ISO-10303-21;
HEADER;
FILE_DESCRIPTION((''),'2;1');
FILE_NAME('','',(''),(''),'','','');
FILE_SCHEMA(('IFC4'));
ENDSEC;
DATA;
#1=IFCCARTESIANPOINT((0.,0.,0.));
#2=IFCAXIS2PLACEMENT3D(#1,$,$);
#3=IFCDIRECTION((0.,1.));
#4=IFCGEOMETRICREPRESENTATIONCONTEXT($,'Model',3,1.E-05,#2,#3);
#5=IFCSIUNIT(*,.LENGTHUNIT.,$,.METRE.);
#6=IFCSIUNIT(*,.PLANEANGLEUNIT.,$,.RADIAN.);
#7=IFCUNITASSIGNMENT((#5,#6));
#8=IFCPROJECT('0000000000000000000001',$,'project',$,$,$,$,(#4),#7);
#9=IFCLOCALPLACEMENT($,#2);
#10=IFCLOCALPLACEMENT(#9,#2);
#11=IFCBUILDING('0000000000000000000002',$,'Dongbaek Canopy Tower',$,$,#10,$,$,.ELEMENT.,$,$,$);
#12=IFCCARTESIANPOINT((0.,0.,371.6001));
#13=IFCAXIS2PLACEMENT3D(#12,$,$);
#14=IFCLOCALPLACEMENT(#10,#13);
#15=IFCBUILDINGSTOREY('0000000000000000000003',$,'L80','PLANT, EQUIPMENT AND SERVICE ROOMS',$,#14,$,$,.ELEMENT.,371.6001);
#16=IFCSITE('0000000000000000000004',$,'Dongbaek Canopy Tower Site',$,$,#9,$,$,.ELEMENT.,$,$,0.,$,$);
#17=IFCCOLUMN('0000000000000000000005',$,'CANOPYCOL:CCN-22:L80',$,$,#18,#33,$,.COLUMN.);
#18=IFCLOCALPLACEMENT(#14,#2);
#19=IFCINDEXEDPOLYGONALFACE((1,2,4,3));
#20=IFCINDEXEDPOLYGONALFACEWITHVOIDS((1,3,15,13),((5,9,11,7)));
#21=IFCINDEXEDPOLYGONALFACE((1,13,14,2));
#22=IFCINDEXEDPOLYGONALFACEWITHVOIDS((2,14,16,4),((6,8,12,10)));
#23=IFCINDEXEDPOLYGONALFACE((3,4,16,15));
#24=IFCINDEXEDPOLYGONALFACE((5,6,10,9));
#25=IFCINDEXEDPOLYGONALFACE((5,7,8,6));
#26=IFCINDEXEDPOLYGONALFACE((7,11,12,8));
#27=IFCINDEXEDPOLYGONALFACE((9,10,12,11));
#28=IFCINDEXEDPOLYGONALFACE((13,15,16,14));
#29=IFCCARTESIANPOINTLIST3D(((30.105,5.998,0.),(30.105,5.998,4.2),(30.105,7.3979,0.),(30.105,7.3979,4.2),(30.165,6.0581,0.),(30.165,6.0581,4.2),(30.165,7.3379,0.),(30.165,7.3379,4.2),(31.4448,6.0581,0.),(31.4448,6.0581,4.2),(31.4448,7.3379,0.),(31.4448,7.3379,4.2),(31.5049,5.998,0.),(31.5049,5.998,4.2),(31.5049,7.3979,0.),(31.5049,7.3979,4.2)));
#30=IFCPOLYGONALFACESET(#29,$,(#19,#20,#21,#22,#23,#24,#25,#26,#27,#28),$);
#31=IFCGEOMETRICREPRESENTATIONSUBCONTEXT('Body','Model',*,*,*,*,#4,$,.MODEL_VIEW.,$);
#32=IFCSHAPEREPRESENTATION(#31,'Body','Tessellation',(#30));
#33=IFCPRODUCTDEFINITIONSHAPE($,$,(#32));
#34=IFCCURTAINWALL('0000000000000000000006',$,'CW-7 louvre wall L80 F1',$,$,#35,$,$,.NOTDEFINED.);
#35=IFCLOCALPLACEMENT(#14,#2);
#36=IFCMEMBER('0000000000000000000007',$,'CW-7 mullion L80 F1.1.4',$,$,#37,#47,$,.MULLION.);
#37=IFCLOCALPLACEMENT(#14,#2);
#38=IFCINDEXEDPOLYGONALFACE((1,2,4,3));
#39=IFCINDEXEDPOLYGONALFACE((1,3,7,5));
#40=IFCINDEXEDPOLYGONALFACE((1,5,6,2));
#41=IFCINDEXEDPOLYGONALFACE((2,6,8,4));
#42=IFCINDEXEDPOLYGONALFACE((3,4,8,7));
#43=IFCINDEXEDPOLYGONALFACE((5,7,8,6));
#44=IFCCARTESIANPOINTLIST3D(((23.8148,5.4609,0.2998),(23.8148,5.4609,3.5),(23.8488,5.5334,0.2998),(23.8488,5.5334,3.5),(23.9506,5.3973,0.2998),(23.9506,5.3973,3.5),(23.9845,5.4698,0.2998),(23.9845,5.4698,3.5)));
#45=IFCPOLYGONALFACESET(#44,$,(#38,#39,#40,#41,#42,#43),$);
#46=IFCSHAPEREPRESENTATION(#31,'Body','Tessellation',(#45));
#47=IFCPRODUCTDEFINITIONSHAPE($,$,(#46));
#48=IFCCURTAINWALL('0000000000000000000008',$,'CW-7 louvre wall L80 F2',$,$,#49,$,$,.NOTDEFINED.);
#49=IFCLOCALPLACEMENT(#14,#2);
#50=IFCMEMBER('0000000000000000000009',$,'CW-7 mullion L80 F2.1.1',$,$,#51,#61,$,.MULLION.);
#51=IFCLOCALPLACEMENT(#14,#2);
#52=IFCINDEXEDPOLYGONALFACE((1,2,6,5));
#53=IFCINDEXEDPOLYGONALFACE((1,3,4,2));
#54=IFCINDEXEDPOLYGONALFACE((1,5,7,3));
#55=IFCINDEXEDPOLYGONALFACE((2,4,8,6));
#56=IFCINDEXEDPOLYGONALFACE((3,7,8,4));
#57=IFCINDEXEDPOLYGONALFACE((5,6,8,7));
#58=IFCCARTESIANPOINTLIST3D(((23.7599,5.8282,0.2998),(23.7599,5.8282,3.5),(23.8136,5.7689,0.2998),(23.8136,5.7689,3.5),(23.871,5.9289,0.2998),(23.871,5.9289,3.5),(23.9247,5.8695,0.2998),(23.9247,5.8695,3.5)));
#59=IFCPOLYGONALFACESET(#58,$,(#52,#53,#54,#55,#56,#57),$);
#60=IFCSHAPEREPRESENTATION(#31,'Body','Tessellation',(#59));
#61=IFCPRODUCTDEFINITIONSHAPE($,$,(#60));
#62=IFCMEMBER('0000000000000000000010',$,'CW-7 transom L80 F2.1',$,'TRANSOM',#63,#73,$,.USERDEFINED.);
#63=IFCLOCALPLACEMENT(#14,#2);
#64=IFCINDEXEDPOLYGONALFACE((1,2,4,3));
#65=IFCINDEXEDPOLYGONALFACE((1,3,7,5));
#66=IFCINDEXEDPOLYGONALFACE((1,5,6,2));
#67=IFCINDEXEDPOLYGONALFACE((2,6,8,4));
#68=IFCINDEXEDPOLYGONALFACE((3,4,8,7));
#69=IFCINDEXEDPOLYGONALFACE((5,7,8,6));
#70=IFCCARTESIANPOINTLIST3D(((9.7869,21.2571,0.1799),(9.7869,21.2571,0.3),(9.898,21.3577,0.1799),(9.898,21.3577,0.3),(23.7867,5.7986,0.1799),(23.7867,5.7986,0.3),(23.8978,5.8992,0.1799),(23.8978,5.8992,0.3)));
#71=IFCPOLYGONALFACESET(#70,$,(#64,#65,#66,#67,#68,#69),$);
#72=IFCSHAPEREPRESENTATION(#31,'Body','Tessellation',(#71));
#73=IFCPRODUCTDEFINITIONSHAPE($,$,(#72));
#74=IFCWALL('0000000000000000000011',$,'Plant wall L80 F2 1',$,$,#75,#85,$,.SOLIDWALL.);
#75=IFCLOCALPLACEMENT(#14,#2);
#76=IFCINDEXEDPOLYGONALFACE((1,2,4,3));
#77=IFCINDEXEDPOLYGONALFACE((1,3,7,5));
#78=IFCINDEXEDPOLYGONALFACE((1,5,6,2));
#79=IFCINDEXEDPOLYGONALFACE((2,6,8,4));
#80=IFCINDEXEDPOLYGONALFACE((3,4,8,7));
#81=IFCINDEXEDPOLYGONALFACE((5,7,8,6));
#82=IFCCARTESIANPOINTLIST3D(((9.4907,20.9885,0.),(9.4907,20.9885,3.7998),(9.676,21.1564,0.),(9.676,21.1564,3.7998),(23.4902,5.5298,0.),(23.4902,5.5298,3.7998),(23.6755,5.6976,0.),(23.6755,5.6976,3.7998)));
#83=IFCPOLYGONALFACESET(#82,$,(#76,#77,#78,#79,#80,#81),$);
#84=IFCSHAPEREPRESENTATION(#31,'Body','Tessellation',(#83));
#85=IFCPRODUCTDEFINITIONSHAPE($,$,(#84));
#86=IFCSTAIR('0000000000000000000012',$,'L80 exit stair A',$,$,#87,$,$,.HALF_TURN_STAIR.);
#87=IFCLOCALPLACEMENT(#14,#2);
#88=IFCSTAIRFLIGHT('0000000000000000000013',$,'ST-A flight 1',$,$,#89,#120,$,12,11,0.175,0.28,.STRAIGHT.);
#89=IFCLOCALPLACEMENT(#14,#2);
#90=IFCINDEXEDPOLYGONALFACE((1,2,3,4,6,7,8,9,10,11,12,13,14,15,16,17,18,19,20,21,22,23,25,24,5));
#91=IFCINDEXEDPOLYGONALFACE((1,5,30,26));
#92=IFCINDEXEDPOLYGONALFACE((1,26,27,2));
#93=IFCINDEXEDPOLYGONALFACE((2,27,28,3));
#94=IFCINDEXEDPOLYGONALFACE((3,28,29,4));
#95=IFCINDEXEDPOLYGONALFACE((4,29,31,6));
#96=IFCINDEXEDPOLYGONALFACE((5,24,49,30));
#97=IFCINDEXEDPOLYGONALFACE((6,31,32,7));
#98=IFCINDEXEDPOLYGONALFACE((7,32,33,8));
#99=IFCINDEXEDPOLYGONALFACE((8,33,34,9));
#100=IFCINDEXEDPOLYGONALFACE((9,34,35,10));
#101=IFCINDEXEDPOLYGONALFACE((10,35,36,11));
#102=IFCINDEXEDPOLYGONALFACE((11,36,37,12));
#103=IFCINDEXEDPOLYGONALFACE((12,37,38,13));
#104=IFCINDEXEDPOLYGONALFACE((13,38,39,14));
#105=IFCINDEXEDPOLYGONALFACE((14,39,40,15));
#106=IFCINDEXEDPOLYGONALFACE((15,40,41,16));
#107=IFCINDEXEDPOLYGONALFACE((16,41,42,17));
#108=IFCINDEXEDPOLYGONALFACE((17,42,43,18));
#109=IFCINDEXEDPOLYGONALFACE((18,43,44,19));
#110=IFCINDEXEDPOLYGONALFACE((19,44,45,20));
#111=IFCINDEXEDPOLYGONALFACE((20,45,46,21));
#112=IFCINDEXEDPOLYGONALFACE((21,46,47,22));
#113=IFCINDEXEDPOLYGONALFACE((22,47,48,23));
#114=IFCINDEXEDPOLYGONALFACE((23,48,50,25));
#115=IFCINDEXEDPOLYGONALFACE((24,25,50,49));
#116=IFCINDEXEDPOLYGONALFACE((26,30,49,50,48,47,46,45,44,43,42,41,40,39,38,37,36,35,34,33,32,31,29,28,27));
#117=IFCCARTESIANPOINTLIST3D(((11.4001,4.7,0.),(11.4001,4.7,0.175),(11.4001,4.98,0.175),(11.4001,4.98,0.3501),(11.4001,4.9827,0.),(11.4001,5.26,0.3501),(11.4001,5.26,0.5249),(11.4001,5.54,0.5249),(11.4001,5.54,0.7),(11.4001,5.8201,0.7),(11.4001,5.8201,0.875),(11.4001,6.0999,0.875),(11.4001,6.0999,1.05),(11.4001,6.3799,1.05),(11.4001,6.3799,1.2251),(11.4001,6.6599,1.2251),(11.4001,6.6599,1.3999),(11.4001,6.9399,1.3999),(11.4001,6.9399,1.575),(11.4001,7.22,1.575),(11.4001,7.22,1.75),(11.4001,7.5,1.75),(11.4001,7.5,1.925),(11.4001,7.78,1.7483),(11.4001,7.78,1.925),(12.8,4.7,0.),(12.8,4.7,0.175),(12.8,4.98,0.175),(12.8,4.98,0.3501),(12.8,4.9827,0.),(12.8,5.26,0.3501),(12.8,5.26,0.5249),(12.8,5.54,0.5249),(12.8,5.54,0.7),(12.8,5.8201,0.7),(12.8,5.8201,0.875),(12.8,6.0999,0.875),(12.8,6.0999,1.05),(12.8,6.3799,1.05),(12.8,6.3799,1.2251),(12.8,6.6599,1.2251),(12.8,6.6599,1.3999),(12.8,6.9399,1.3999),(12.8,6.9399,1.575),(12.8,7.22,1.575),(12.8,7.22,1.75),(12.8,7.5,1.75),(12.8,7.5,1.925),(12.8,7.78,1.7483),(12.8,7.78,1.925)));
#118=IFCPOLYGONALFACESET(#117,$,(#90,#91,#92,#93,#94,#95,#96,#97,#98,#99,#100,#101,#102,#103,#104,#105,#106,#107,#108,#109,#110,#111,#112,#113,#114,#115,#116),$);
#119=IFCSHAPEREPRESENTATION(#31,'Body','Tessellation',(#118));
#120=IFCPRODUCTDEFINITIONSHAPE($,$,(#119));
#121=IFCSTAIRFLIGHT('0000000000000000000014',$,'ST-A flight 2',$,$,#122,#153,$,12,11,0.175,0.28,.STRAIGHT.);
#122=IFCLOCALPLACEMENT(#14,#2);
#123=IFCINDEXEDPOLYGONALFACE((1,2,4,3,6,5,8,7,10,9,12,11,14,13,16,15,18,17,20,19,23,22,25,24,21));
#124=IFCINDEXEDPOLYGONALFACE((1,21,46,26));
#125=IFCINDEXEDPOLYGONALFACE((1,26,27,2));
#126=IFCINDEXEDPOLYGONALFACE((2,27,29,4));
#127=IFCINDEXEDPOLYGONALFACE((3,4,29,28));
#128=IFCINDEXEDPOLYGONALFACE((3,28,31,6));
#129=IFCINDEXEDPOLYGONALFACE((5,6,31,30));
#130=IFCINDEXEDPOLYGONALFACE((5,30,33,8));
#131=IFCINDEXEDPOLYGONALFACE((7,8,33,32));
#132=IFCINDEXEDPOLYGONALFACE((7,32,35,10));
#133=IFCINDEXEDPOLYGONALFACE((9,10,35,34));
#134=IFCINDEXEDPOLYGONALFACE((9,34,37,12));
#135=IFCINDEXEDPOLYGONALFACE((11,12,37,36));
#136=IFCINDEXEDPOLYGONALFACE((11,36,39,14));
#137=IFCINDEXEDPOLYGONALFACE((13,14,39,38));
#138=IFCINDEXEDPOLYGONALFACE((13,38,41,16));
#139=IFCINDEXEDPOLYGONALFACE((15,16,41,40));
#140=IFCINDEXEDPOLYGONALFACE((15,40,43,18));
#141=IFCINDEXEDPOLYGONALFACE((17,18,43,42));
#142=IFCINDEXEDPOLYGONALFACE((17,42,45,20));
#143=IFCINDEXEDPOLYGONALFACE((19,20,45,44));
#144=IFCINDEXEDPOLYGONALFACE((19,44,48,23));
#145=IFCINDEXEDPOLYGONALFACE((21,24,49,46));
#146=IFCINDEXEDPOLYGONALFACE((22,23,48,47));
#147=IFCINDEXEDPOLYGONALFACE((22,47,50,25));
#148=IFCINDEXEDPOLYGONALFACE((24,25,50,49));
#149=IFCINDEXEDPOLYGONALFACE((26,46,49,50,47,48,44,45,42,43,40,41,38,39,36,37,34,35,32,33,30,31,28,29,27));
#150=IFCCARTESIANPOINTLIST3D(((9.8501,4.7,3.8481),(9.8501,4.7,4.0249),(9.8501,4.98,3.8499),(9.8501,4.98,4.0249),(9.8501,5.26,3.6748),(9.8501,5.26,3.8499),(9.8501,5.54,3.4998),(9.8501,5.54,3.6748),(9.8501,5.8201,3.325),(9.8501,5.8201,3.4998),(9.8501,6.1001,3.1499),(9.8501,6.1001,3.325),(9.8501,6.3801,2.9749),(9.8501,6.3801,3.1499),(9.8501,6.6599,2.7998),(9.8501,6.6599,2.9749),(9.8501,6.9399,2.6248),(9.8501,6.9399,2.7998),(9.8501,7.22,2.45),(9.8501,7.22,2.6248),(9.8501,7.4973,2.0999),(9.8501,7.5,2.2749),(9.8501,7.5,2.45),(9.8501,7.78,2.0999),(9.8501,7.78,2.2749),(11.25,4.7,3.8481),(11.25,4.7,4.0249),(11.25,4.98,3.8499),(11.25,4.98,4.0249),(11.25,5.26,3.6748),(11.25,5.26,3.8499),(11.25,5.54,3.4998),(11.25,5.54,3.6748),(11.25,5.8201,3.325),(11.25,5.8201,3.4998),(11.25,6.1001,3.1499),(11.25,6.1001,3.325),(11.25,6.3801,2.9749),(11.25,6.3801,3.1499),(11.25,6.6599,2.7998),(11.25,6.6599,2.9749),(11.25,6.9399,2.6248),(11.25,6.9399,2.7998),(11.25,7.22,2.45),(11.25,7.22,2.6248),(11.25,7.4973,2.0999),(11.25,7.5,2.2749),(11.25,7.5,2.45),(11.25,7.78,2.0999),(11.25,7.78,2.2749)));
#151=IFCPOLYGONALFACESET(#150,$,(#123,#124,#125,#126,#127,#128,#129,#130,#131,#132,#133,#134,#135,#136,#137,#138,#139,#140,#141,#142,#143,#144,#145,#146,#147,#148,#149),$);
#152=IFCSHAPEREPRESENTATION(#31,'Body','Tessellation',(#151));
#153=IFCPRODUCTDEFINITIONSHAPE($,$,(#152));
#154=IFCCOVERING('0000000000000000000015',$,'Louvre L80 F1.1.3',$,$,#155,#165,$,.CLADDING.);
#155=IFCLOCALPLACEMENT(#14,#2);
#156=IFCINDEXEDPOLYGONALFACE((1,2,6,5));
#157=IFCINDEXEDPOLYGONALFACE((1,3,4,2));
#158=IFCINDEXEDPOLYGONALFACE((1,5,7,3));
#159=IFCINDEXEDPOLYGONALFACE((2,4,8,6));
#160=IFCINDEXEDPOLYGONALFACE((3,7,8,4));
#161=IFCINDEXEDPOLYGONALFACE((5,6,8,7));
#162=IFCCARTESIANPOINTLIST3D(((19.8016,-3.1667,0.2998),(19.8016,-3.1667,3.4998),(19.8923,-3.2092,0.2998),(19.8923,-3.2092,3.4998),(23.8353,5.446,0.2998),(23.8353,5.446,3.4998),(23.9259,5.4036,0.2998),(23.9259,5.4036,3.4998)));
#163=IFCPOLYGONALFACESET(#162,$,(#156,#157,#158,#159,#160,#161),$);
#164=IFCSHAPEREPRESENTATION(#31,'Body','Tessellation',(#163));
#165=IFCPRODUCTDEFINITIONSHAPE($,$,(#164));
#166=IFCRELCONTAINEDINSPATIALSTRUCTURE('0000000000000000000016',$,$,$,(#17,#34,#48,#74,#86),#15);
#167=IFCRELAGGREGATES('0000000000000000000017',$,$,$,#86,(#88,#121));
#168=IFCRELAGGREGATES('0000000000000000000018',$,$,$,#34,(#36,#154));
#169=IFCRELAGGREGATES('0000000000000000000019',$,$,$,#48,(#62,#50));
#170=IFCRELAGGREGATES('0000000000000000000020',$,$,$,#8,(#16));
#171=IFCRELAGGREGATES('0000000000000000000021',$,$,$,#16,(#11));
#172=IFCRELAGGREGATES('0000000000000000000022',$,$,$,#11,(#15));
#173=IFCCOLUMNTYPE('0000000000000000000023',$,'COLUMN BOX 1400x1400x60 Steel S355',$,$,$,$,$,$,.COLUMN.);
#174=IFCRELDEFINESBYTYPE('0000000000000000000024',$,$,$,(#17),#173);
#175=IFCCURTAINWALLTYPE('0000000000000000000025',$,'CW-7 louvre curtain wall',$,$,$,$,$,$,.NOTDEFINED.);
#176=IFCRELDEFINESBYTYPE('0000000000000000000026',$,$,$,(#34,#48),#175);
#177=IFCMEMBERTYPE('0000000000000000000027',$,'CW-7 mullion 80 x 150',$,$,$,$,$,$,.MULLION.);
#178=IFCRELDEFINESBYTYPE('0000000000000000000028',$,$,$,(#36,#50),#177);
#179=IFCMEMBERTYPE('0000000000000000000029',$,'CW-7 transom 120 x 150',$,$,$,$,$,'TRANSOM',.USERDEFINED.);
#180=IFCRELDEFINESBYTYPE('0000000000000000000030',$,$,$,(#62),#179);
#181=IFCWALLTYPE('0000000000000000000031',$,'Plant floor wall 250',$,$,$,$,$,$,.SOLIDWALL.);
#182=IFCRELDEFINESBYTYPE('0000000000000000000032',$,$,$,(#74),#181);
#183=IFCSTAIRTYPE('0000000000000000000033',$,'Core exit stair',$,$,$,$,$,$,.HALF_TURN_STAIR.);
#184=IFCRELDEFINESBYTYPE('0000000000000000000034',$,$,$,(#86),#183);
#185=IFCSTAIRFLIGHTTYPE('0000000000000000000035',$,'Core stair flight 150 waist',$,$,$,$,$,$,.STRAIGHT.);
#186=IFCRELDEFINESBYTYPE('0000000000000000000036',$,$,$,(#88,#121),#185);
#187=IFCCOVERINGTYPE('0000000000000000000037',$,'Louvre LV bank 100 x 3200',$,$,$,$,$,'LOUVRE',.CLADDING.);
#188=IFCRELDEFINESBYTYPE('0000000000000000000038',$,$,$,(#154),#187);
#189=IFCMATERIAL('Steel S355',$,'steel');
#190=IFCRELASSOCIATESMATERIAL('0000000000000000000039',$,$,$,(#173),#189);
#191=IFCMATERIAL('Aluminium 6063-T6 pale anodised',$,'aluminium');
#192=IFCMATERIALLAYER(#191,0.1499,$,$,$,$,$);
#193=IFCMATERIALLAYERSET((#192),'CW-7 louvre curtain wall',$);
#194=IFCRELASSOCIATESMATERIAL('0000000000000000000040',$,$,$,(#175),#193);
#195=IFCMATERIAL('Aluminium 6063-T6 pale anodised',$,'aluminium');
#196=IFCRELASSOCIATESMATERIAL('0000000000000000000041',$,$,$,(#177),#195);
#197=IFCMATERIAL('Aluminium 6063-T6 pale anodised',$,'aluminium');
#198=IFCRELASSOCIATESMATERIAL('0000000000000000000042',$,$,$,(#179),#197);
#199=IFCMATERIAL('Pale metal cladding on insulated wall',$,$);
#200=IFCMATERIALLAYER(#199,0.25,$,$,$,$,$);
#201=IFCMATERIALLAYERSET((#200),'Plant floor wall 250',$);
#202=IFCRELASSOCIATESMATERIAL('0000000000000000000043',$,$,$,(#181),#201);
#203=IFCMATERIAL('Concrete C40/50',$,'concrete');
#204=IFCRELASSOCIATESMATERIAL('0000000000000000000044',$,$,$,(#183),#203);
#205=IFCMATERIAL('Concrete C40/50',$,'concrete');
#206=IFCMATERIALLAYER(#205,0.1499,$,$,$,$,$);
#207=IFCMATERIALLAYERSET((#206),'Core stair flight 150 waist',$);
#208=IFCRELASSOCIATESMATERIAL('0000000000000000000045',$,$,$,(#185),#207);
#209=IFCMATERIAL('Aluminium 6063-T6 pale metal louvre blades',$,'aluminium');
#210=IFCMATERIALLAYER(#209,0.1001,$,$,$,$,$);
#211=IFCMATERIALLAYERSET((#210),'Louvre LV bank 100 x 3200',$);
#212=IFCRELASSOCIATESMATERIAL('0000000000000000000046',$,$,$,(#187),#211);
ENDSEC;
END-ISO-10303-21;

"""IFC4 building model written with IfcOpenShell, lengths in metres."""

from ifc_helpers import new_model, si_unit, direction, frame, frame_2d, origin, origin_2d, place, context, subcontext, project, spatial, polyline, rectangle, hollow_rectangle, outline, extrude, material, layer, layer_set, material_profile, profile_set, type_object, element, aggregate, save


model = new_model("IFC4")

# Units and contexts
model_context = context("Model", 3, precision=1e-05, world=origin(), true_north=direction((0.0, 1.0)))
body_context = subcontext(model_context, "Body", "Model", "MODEL_VIEW")
ifc_project = project(units=[si_unit("LENGTHUNIT", "METRE"), si_unit("PLANEANGLEUNIT", "RADIAN")], contexts=[model_context])

# Site, building, storey
site_placement = place(None, origin())
site = spatial("IfcSite", under=ifc_project, at=site_placement, Name="Dongbaek Canopy Tower Site", CompositionType="ELEMENT", RefElevation=0.0)
building_placement = place(site_placement, origin())
building = spatial("IfcBuilding", under=site, at=building_placement, Name="Dongbaek Canopy Tower", CompositionType="ELEMENT")
storey_placement = place(building_placement, frame((0.0, 0.0, 371.6001)))
storey = spatial("IfcBuildingStorey", under=building, at=storey_placement, Name="L80", Description="PLANT, EQUIPMENT AND SERVICE ROOMS", CompositionType="ELEMENT", Elevation=371.6001)

# Column
ifc_material_1 = material(Name="Steel S355", Category="steel")
ifc_material_profile_1 = material_profile(ifc_material_1, hollow_rectangle(XDim=1.3999, YDim=1.3999, WallThickness=0.0601, at=origin_2d()), Name="COLUMN BOX 1400x1400x60 Steel S355")
ifc_profile_set_1 = profile_set([ifc_material_profile_1], Name="Steel S355")
column_type = type_object("IfcColumnType", Name="COLUMN BOX 1400x1400x60 Steel S355", PredefinedType="COLUMN", material=ifc_profile_set_1)
column_placement = place(storey_placement, frame((30.8049, 6.698, 0.0), z_axis=(0.0, 0.0, 1.0), x_axis=(1.0, 0.0, 0.0)))
element("IfcColumn", 1, at=column_placement, inside=storey, type_object=column_type, Name="CANOPYCOL:CCN-22:L80", PredefinedType="COLUMN", context=body_context, shape_type="SweptSolid", body=[
    extrude(hollow_rectangle(XDim=1.3999, YDim=1.3999, WallThickness=0.0601, at=origin_2d()), origin(), (0.0, 0.0, 1.0), 4.2),
])

# Curtain wall, member
ifc_material_2 = material(Name="Aluminium 6063-T6 pale anodised", Category="aluminium")
ifc_layer_1 = layer(ifc_material_2, 0.1499)
ifc_layer_set_1 = layer_set([ifc_layer_1], Name="CW-7 louvre curtain wall")
curtain_wall_type = type_object("IfcCurtainWallType", Name="CW-7 louvre curtain wall", PredefinedType="NOTDEFINED", material=ifc_layer_set_1)
curtain_wall_1_placement = place(storey_placement, origin())
curtain_wall_1 = element("IfcCurtainWall", 2, at=curtain_wall_1_placement, inside=storey, type_object=curtain_wall_type, Name="CW-7 louvre wall L80 F1", PredefinedType="NOTDEFINED")
ifc_material_3 = material(Name="Aluminium 6063-T6 pale anodised", Category="aluminium")
ifc_material_profile_2 = material_profile(ifc_material_3, rectangle(XDim=0.1499, YDim=0.0801, at=origin_2d()), Name="CW-7 mullion 80 x 150")
ifc_profile_set_2 = profile_set([ifc_material_profile_2], Name="Aluminium 6063-T6 pale anodised")
member_type_1 = type_object("IfcMemberType", Name="CW-7 mullion 80 x 150", PredefinedType="MULLION", material=ifc_profile_set_2)
member_1_placement = place(storey_placement, frame((23.8997, 5.4653, 0.2998), z_axis=(0.0, 0.0, 1.0), x_axis=(0.905605, -0.424123, 0.0)))
member_1 = element("IfcMember", 3, at=member_1_placement, type_object=member_type_1, Name="CW-7 mullion L80 F1.1.4", PredefinedType="MULLION", context=body_context, shape_type="SweptSolid", body=[
    extrude(rectangle(XDim=0.1499, YDim=0.0801, at=origin_2d()), origin(), (0.0, 0.0, 1.0), 3.2002),
])

# Curtain wall, members
curtain_wall_2_placement = place(storey_placement, origin())
curtain_wall_2 = element("IfcCurtainWall", 4, at=curtain_wall_2_placement, inside=storey, type_object=curtain_wall_type, Name="CW-7 louvre wall L80 F2", PredefinedType="NOTDEFINED")
member_2_placement = place(storey_placement, frame((23.8423, 5.8489, 0.2998), z_axis=(0.0, 0.0, 1.0), x_axis=(0.741222, 0.67126, 0.0)))
member_2 = element("IfcMember", 5, at=member_2_placement, type_object=member_type_1, Name="CW-7 mullion L80 F2.1.1", PredefinedType="MULLION", context=body_context, shape_type="SweptSolid", body=[
    extrude(rectangle(XDim=0.1499, YDim=0.0801, at=origin_2d()), origin(), (0.0, 0.0, 1.0), 3.2002),
])
ifc_material_4 = material(Name="Aluminium 6063-T6 pale anodised", Category="aluminium")
ifc_material_profile_3 = material_profile(ifc_material_4, rectangle(XDim=0.1499, YDim=0.1201, at=origin_2d()), Name="CW-7 transom 120 x 150")
ifc_profile_set_3 = profile_set([ifc_material_profile_3], Name="Aluminium 6063-T6 pale anodised")
member_type_2 = type_object("IfcMemberType", Name="CW-7 transom 120 x 150", ElementType="TRANSOM", PredefinedType="USERDEFINED", material=ifc_profile_set_3)
member_3_placement = place(storey_placement, frame((23.8423, 5.8489, 0.24), z_axis=(-0.671269, 0.741214, 0.0), x_axis=(-0.741214, -0.671269, 0.0)))
member_3 = element("IfcMember", 6, at=member_3_placement, type_object=member_type_2, Name="CW-7 transom L80 F2.1", ObjectType="TRANSOM", PredefinedType="USERDEFINED", context=body_context, shape_type="SweptSolid", body=[
    extrude(rectangle(XDim=0.1499, YDim=0.1201, at=origin_2d()), origin(), (0.0, 0.0, 1.0), 20.8557),
])

# Wall
ifc_material_5 = material(Name="Pale metal cladding on insulated wall")
ifc_layer_2 = layer(ifc_material_5, 0.25)
ifc_layer_set_2 = layer_set([ifc_layer_2], Name="Plant floor wall 250")
wall_type = type_object("IfcWallType", Name="Plant floor wall 250", PredefinedType="SOLIDWALL", material=ifc_layer_set_2)
wall_placement = place(storey_placement, frame((23.5828, 5.6138, 0.0), z_axis=(0.0, 0.0, 1.0), x_axis=(-0.671257, 0.741225, 0.0)))
element("IfcWall", 7, at=wall_placement, inside=storey, type_object=wall_type, Name="Plant wall L80 F2 1", PredefinedType="SOLIDWALL", context=body_context, shape_type="SweptSolid", body=[
    extrude(rectangle(XDim=20.8557, YDim=0.25, at=frame_2d((10.4277, 0.0))), origin(), (0.0, 0.0, 1.0), 3.7998),
])

# Stair, stair flights
ifc_material_6 = material(Name="Concrete C40/50", Category="concrete")
stair_type = type_object("IfcStairType", Name="Core exit stair", PredefinedType="HALF_TURN_STAIR", material=ifc_material_6)
stair_placement = place(storey_placement, origin())
stair = element("IfcStair", 8, at=stair_placement, inside=storey, type_object=stair_type, Name="L80 exit stair A", PredefinedType="HALF_TURN_STAIR")
ifc_material_7 = material(Name="Concrete C40/50", Category="concrete")
ifc_layer_3 = layer(ifc_material_7, 0.1499)
ifc_layer_set_3 = layer_set([ifc_layer_3], Name="Core stair flight 150 waist")
stair_flight_type = type_object("IfcStairFlightType", Name="Core stair flight 150 waist", PredefinedType="STRAIGHT", material=ifc_layer_set_3)
stair_flight_1_placement = place(storey_placement, frame((12.1001, 4.7, 0.0), z_axis=(0.0, 0.0, 1.0), x_axis=(0.0, 1.0, 0.0)))
stair_flight_1 = element("IfcStairFlight", 9, at=stair_flight_1_placement, type_object=stair_flight_type, Name="ST-A flight 1", NumberOfRisers=12, NumberOfTreads=11, PredefinedType="STRAIGHT", RiserHeight=0.175, TreadLength=0.28, context=body_context, shape_type="SweptSolid", body=[
    extrude(outline(polyline([(0.0, 0.0), (0.0, 0.175), (0.28, 0.175), (0.28, 0.3501), (0.5601, 0.3501), (0.5601, 0.5249), (0.8401, 0.5249), (0.8401, 0.7), (1.1201, 0.7), (1.1201, 0.875), (1.3999, 0.875), (1.3999, 1.05), (1.6799, 1.05), (1.6799, 1.2251), (1.96, 1.2251), (1.96, 1.3999), (2.24, 1.3999), (2.24, 1.575), (2.52, 1.575), (2.52, 1.75), (2.8, 1.75), (2.8, 1.925), (3.0801, 1.925), (3.0801, 2.1001), (3.0801, 1.7483), (0.2827, 0.0), (0.0, 0.0)])), frame((0.0, 0.7, 0.0), z_axis=(0.0, -1.0, 0.0), x_axis=(1.0, 0.0, 0.0)), (0.0, 0.0, 1.0), 1.3999),
])
stair_flight_2_placement = place(storey_placement, frame((10.55, 7.78, 2.0999), z_axis=(0.0, 0.0, 1.0), x_axis=(0.0, -1.0, 0.0)))
stair_flight_2 = element("IfcStairFlight", 10, at=stair_flight_2_placement, type_object=stair_flight_type, Name="ST-A flight 2", NumberOfRisers=12, NumberOfTreads=11, PredefinedType="STRAIGHT", RiserHeight=0.175, TreadLength=0.28, context=body_context, shape_type="SweptSolid", body=[
    extrude(outline(polyline([(0.0, 0.0), (0.0, 0.175), (0.28, 0.175), (0.28, 0.3501), (0.5601, 0.3501), (0.5601, 0.5249), (0.8401, 0.5249), (0.8401, 0.7), (1.1201, 0.7), (1.1201, 0.875), (1.3999, 0.875), (1.3999, 1.05), (1.6799, 1.05), (1.6799, 1.2251), (1.96, 1.2251), (1.96, 1.3999), (2.24, 1.3999), (2.24, 1.575), (2.52, 1.575), (2.52, 1.75), (2.8, 1.75), (2.8, 1.925), (3.0801, 1.925), (3.0801, 2.1001), (3.0801, 1.7483), (0.2827, 0.0), (0.0, 0.0)])), frame((0.0, 0.7, 0.0), z_axis=(0.0, -1.0, 0.0), x_axis=(1.0, 0.0, 0.0)), (0.0, 0.0, 1.0), 1.3999),
])
aggregate(stair, [stair_flight_1, stair_flight_2])

# Covering
ifc_material_8 = material(Name="Aluminium 6063-T6 pale metal louvre blades", Category="aluminium")
ifc_layer_4 = layer(ifc_material_8, 0.1001)
ifc_layer_set_4 = layer_set([ifc_layer_4], Name="Louvre LV bank 100 x 3200")
covering_type = type_object("IfcCoveringType", Name="Louvre LV bank 100 x 3200", ElementType="LOUVRE", PredefinedType="CLADDING", material=ifc_layer_set_4)
covering_placement = place(storey_placement, frame((21.8638, 1.1184, 0.2998), z_axis=(0.0, 0.0, 1.0), x_axis=(0.424123, 0.905605, 0.0)))
covering = element("IfcCovering", 11, at=covering_placement, type_object=covering_type, Name="Louvre L80 F1.1.3", PredefinedType="CLADDING", context=body_context, shape_type="SweptSolid", body=[
    extrude(rectangle(XDim=9.5105, YDim=0.1001, at=origin_2d()), origin(), (0.0, 0.0, 1.0), 3.2),
])

aggregate(curtain_wall_1, [member_1, covering])
aggregate(curtain_wall_2, [member_3, member_2])

save(model, "model.ifc")
